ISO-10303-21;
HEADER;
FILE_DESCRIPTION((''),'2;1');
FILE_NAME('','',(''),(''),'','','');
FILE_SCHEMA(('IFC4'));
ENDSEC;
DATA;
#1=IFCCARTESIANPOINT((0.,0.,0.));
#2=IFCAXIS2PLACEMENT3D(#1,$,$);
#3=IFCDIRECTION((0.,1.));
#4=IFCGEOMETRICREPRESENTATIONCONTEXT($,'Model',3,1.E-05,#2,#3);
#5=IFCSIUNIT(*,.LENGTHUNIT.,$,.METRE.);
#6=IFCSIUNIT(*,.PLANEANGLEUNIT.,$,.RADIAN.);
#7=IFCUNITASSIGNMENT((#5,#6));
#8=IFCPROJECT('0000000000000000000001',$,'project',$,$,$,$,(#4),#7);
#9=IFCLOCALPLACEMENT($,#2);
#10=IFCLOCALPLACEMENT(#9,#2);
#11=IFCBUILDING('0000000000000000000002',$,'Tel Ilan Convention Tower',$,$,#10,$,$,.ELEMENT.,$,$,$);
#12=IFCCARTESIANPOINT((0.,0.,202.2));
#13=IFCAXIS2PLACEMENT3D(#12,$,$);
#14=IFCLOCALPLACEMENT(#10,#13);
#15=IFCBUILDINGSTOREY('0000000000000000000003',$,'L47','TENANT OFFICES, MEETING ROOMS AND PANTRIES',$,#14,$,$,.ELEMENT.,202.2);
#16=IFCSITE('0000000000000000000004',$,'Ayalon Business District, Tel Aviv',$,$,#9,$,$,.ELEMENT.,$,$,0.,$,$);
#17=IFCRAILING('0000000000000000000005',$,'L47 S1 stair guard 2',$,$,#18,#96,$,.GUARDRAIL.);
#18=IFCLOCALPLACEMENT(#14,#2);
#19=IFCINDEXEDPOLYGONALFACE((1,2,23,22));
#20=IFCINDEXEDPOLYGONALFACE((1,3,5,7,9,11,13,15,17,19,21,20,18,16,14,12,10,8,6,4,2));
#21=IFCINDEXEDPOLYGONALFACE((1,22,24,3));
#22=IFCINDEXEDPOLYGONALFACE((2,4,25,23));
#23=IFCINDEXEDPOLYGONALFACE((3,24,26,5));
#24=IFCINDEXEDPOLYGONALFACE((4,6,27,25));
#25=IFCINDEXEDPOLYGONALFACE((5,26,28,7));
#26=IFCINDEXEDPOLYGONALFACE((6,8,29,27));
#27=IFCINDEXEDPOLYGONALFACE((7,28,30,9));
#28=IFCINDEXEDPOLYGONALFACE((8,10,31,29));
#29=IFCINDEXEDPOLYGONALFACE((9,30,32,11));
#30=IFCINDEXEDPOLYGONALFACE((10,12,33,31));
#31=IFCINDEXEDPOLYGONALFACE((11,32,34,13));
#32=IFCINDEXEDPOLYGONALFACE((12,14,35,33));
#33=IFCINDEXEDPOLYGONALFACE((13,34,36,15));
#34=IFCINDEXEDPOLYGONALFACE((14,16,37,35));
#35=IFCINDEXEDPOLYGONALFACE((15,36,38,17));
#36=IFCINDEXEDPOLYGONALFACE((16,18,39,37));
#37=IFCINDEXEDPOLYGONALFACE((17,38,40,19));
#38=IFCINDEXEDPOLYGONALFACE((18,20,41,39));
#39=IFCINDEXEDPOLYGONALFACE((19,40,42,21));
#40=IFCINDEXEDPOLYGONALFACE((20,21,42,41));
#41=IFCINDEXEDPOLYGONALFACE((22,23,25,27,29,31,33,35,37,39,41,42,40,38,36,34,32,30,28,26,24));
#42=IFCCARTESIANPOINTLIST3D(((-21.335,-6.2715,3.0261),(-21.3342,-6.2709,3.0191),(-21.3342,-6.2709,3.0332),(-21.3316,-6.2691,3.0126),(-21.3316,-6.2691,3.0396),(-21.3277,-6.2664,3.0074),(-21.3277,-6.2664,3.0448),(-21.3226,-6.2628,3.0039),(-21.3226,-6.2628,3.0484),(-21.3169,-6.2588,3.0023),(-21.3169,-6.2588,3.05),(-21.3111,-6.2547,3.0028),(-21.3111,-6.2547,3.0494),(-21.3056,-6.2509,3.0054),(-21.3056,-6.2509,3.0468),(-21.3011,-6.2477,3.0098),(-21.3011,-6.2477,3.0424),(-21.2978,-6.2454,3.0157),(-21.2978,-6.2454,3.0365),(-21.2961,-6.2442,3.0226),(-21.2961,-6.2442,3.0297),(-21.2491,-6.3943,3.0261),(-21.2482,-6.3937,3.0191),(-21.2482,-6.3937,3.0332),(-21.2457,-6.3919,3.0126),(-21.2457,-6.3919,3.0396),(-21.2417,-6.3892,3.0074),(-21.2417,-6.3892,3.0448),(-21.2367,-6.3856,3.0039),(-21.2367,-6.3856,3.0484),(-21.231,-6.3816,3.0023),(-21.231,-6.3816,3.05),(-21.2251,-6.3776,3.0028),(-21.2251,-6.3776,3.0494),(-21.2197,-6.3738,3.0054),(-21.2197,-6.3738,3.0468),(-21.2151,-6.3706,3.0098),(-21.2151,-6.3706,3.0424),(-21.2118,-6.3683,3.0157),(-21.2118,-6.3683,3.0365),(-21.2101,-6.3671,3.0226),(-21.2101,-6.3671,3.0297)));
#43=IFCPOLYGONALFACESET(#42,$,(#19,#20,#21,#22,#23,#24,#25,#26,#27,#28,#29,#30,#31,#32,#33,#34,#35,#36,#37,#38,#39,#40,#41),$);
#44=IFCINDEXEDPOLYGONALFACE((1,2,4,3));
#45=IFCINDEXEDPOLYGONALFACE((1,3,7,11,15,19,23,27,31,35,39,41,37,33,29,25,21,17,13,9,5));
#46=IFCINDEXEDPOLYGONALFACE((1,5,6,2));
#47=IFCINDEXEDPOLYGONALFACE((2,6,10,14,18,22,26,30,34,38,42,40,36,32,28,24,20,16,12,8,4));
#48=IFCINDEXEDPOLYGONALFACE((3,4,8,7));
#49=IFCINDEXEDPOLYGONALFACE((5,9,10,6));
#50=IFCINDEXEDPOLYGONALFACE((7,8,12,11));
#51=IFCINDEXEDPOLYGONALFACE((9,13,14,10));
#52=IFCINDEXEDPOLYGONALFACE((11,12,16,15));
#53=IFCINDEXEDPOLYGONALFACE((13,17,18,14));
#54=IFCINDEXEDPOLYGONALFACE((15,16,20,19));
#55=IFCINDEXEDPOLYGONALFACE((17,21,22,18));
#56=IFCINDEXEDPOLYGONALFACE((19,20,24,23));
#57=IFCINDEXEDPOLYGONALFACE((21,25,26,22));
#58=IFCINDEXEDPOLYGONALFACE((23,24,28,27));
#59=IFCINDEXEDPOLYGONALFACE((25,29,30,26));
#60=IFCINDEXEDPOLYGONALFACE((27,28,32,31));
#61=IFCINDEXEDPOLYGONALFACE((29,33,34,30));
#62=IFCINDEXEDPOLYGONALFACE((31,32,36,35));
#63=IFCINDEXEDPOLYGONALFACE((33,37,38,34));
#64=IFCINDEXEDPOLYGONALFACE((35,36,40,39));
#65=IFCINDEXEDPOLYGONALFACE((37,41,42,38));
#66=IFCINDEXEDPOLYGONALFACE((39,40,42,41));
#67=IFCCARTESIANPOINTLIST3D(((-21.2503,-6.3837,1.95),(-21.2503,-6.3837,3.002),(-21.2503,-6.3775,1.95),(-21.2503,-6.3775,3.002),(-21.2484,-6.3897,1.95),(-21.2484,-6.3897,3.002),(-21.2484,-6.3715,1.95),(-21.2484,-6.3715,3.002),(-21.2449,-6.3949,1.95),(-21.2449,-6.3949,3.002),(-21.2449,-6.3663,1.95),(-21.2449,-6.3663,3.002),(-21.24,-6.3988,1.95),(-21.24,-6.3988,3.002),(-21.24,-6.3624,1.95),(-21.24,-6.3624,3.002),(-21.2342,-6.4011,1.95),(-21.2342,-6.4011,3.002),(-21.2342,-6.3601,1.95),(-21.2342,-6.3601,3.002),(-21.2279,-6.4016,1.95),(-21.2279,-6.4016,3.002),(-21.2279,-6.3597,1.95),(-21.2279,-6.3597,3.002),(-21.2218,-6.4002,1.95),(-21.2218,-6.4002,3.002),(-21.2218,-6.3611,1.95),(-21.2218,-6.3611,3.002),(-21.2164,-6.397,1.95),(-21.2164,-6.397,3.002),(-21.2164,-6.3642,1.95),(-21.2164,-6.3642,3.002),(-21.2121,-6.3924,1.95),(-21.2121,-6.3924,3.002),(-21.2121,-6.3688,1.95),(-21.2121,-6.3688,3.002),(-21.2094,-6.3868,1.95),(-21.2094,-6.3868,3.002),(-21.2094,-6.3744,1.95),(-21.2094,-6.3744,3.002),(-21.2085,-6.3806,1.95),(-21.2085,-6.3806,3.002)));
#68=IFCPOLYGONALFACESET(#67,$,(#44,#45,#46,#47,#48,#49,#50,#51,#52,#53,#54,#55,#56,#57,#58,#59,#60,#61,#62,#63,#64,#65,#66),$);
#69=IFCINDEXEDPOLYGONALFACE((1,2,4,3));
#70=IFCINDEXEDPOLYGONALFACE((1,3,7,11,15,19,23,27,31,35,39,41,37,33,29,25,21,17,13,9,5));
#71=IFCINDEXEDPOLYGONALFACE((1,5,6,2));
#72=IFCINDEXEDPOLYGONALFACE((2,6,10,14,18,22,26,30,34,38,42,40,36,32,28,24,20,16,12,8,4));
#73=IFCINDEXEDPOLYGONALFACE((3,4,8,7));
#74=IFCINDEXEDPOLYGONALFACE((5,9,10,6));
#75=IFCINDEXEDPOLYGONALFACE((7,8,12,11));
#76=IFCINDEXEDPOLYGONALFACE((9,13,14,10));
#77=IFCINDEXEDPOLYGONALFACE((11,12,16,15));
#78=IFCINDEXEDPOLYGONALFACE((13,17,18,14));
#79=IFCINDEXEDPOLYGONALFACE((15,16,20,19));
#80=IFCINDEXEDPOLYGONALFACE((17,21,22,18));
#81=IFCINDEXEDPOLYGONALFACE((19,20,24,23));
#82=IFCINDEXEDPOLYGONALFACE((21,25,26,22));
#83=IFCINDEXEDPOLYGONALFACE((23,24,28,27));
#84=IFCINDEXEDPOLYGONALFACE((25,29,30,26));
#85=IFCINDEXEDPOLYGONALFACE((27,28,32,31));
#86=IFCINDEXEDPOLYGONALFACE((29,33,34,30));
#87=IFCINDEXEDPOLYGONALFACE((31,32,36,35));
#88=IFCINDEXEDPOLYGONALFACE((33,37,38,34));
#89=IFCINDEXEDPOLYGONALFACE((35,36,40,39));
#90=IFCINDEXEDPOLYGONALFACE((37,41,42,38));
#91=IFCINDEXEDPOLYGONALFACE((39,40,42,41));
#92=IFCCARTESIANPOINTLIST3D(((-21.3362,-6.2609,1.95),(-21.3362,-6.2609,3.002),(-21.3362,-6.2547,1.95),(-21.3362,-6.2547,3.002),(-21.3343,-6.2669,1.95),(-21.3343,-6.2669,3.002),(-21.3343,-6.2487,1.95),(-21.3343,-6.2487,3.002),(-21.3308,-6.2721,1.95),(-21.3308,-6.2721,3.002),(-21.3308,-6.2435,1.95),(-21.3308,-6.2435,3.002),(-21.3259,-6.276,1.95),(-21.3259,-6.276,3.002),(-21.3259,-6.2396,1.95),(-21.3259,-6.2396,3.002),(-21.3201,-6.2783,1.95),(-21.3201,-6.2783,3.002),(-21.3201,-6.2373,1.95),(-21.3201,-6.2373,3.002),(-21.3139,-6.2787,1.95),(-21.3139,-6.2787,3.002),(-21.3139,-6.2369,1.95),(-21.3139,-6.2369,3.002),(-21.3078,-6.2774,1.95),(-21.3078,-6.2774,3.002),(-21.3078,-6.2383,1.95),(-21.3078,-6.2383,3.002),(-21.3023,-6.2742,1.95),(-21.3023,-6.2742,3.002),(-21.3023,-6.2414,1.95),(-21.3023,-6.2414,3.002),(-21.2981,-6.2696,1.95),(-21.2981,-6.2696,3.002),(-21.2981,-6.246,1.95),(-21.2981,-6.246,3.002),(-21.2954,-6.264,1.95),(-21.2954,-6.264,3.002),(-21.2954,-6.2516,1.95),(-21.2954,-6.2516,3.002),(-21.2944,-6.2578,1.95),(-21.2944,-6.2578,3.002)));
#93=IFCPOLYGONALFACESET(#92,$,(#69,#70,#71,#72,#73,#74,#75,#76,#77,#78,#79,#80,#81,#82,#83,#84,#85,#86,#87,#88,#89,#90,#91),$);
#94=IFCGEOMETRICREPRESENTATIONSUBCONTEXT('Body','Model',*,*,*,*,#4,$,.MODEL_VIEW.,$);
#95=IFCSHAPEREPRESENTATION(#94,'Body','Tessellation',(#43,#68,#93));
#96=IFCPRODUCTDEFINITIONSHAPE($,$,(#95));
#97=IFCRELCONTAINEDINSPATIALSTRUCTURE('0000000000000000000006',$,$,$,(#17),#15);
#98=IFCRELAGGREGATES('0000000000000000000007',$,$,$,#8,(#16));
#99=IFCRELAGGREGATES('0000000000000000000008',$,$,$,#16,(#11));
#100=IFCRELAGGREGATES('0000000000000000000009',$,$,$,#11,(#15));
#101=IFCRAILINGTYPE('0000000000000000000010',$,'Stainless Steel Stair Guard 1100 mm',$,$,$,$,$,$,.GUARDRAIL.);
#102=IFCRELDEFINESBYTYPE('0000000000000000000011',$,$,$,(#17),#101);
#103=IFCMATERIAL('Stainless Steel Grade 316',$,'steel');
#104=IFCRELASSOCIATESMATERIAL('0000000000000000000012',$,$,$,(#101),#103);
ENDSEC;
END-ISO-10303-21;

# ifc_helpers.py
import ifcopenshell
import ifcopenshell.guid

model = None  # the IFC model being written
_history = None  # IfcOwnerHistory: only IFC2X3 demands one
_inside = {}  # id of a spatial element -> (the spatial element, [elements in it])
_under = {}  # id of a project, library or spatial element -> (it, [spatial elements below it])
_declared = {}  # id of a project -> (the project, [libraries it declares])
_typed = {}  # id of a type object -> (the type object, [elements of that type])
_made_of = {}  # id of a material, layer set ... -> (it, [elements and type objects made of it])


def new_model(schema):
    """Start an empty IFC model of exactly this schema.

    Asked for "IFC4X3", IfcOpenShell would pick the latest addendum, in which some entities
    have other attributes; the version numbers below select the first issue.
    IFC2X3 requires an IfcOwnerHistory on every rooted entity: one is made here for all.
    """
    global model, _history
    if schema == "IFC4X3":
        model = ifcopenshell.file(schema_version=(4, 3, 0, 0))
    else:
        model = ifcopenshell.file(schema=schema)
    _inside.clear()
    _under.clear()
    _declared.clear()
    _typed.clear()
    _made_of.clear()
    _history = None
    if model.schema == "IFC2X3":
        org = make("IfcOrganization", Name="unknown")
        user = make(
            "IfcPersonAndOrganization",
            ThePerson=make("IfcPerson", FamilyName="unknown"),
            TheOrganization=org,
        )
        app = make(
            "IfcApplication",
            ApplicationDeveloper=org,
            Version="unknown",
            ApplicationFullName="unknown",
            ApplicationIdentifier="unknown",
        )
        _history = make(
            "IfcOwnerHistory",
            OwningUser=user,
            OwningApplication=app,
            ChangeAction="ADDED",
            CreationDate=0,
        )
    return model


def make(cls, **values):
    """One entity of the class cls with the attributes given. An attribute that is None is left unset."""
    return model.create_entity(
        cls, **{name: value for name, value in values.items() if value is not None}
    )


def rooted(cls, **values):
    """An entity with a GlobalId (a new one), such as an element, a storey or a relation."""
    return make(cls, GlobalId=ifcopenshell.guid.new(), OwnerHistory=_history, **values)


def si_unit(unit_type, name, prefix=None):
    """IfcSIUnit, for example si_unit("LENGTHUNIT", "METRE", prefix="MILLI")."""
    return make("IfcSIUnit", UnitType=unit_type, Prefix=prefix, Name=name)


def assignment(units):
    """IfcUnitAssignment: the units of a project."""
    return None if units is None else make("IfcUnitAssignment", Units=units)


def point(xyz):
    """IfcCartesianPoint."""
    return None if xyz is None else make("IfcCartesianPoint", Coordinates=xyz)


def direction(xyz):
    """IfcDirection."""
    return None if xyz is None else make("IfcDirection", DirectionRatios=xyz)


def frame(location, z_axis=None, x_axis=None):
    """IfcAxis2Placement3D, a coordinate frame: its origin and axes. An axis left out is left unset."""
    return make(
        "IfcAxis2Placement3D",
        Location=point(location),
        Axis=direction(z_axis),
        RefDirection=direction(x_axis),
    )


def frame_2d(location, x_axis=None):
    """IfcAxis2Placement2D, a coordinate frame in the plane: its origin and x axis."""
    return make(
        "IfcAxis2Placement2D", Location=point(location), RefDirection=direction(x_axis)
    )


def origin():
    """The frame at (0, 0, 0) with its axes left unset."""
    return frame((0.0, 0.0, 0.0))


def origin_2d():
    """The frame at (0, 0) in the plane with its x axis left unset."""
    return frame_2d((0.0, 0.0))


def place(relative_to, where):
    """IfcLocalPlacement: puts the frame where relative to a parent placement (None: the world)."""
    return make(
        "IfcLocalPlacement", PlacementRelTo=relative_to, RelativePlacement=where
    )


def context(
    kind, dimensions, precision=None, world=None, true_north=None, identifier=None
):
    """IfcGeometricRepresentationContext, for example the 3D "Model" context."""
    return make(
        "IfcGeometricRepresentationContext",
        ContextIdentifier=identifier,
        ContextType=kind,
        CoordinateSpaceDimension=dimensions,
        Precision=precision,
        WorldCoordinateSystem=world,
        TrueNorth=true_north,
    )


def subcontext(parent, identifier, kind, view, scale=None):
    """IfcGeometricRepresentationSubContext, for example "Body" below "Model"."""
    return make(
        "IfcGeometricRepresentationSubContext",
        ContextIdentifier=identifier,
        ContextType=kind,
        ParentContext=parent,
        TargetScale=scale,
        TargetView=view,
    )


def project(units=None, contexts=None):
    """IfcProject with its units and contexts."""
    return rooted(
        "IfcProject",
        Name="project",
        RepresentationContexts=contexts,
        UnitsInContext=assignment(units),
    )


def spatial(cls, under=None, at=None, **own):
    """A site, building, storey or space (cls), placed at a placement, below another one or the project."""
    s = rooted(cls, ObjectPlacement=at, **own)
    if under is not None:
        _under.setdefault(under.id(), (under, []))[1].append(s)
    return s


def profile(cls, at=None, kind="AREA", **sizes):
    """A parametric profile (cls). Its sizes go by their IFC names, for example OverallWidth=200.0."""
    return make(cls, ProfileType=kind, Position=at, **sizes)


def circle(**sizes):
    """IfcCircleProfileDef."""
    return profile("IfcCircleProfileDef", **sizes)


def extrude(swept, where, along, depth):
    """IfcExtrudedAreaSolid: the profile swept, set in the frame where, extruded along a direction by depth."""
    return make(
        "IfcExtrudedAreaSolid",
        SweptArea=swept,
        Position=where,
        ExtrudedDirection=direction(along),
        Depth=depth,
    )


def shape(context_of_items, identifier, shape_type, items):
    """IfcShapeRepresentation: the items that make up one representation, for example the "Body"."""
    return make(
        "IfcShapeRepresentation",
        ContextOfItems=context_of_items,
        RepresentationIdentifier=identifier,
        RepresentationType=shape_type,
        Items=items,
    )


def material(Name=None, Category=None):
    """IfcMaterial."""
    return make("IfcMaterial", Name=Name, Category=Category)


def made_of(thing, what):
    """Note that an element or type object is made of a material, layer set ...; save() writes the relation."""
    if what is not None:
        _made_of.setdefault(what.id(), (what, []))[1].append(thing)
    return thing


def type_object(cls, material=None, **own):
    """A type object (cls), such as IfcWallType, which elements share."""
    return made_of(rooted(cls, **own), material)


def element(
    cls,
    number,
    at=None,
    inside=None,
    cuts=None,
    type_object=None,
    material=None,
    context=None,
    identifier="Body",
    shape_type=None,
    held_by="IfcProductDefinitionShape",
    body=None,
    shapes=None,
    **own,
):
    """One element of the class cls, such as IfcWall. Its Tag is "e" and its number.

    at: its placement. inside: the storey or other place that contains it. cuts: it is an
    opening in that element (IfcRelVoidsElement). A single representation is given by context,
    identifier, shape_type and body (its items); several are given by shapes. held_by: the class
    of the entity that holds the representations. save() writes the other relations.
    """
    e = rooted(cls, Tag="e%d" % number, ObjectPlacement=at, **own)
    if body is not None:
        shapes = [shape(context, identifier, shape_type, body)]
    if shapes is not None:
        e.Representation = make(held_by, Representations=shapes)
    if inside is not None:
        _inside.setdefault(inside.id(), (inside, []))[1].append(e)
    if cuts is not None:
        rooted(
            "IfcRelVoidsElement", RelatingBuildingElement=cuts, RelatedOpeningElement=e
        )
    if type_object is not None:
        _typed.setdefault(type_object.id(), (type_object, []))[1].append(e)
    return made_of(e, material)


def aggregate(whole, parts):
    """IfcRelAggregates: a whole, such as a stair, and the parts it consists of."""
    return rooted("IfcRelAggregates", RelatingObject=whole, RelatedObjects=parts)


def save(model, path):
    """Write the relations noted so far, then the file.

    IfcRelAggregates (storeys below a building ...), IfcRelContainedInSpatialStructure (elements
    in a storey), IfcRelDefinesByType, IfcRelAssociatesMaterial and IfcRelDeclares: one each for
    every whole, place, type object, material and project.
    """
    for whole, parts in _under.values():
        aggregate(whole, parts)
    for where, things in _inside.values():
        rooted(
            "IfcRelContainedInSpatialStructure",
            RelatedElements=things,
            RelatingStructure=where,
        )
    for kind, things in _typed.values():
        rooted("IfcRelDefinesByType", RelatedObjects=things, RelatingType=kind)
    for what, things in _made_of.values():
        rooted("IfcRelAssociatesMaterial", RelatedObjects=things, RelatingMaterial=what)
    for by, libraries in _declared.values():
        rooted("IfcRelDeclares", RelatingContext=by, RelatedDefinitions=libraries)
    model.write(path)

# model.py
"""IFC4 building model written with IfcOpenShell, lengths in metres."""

from ifc_helpers import new_model, si_unit, direction, frame, origin, origin_2d, place, context, subcontext, project, spatial, circle, extrude, material, type_object, element, save


model = new_model("IFC4")

# Units and contexts
model_context = context("Model", 3, precision=1e-05, world=origin(), true_north=direction((0.0, 1.0)))
body_context = subcontext(model_context, "Body", "Model", "MODEL_VIEW")
ifc_project = project(units=[si_unit("LENGTHUNIT", "METRE"), si_unit("PLANEANGLEUNIT", "RADIAN")], contexts=[model_context])

# Site, building, storey
site_placement = place(None, origin())
site = spatial("IfcSite", under=ifc_project, at=site_placement, Name="Ayalon Business District, Tel Aviv", CompositionType="ELEMENT", RefElevation=0.0)
building_placement = place(site_placement, origin())
building = spatial("IfcBuilding", under=site, at=building_placement, Name="Tel Ilan Convention Tower", CompositionType="ELEMENT")
storey_placement = place(building_placement, frame((0.0, 0.0, 202.2)))
storey = spatial("IfcBuildingStorey", under=building, at=storey_placement, Name="L47", Description="TENANT OFFICES, MEETING ROOMS AND PANTRIES", CompositionType="ELEMENT", Elevation=202.2)

# Railing
ifc_material_1 = material(Name="Stainless Steel Grade 316", Category="steel")
railing_type_1 = type_object("IfcRailingType", Name="Stainless Steel Stair Guard 1100 mm", PredefinedType="GUARDRAIL", material=ifc_material_1)
railing_1_placement = place(storey_placement, frame((-21.2295, -6.3806, 1.95)))
element("IfcRailing", 1, at=railing_1_placement, inside=storey, type_object=railing_type_1, Name="L47 S1 stair guard 2", PredefinedType="GUARDRAIL", context=body_context, shape_type="SweptSolid", body=[
    extrude(circle(Radius=0.0239, at=origin_2d()), frame((0.0, 0.0, 1.0762), z_axis=(-0.573353, 0.819308, 0.0), x_axis=(-0.819308, -0.573353, 0.0)), (0.0, 0.0, 1.0), 0.1499),
    extrude(circle(Radius=0.021, at=origin_2d()), origin(), (0.0, 0.0, 1.0), 1.052),
    extrude(circle(Radius=0.021, at=origin_2d()), frame((-0.0859, 0.1228, 0.0)), (0.0, 0.0, 1.0), 1.052),
])

save(model, "model.ifc")
